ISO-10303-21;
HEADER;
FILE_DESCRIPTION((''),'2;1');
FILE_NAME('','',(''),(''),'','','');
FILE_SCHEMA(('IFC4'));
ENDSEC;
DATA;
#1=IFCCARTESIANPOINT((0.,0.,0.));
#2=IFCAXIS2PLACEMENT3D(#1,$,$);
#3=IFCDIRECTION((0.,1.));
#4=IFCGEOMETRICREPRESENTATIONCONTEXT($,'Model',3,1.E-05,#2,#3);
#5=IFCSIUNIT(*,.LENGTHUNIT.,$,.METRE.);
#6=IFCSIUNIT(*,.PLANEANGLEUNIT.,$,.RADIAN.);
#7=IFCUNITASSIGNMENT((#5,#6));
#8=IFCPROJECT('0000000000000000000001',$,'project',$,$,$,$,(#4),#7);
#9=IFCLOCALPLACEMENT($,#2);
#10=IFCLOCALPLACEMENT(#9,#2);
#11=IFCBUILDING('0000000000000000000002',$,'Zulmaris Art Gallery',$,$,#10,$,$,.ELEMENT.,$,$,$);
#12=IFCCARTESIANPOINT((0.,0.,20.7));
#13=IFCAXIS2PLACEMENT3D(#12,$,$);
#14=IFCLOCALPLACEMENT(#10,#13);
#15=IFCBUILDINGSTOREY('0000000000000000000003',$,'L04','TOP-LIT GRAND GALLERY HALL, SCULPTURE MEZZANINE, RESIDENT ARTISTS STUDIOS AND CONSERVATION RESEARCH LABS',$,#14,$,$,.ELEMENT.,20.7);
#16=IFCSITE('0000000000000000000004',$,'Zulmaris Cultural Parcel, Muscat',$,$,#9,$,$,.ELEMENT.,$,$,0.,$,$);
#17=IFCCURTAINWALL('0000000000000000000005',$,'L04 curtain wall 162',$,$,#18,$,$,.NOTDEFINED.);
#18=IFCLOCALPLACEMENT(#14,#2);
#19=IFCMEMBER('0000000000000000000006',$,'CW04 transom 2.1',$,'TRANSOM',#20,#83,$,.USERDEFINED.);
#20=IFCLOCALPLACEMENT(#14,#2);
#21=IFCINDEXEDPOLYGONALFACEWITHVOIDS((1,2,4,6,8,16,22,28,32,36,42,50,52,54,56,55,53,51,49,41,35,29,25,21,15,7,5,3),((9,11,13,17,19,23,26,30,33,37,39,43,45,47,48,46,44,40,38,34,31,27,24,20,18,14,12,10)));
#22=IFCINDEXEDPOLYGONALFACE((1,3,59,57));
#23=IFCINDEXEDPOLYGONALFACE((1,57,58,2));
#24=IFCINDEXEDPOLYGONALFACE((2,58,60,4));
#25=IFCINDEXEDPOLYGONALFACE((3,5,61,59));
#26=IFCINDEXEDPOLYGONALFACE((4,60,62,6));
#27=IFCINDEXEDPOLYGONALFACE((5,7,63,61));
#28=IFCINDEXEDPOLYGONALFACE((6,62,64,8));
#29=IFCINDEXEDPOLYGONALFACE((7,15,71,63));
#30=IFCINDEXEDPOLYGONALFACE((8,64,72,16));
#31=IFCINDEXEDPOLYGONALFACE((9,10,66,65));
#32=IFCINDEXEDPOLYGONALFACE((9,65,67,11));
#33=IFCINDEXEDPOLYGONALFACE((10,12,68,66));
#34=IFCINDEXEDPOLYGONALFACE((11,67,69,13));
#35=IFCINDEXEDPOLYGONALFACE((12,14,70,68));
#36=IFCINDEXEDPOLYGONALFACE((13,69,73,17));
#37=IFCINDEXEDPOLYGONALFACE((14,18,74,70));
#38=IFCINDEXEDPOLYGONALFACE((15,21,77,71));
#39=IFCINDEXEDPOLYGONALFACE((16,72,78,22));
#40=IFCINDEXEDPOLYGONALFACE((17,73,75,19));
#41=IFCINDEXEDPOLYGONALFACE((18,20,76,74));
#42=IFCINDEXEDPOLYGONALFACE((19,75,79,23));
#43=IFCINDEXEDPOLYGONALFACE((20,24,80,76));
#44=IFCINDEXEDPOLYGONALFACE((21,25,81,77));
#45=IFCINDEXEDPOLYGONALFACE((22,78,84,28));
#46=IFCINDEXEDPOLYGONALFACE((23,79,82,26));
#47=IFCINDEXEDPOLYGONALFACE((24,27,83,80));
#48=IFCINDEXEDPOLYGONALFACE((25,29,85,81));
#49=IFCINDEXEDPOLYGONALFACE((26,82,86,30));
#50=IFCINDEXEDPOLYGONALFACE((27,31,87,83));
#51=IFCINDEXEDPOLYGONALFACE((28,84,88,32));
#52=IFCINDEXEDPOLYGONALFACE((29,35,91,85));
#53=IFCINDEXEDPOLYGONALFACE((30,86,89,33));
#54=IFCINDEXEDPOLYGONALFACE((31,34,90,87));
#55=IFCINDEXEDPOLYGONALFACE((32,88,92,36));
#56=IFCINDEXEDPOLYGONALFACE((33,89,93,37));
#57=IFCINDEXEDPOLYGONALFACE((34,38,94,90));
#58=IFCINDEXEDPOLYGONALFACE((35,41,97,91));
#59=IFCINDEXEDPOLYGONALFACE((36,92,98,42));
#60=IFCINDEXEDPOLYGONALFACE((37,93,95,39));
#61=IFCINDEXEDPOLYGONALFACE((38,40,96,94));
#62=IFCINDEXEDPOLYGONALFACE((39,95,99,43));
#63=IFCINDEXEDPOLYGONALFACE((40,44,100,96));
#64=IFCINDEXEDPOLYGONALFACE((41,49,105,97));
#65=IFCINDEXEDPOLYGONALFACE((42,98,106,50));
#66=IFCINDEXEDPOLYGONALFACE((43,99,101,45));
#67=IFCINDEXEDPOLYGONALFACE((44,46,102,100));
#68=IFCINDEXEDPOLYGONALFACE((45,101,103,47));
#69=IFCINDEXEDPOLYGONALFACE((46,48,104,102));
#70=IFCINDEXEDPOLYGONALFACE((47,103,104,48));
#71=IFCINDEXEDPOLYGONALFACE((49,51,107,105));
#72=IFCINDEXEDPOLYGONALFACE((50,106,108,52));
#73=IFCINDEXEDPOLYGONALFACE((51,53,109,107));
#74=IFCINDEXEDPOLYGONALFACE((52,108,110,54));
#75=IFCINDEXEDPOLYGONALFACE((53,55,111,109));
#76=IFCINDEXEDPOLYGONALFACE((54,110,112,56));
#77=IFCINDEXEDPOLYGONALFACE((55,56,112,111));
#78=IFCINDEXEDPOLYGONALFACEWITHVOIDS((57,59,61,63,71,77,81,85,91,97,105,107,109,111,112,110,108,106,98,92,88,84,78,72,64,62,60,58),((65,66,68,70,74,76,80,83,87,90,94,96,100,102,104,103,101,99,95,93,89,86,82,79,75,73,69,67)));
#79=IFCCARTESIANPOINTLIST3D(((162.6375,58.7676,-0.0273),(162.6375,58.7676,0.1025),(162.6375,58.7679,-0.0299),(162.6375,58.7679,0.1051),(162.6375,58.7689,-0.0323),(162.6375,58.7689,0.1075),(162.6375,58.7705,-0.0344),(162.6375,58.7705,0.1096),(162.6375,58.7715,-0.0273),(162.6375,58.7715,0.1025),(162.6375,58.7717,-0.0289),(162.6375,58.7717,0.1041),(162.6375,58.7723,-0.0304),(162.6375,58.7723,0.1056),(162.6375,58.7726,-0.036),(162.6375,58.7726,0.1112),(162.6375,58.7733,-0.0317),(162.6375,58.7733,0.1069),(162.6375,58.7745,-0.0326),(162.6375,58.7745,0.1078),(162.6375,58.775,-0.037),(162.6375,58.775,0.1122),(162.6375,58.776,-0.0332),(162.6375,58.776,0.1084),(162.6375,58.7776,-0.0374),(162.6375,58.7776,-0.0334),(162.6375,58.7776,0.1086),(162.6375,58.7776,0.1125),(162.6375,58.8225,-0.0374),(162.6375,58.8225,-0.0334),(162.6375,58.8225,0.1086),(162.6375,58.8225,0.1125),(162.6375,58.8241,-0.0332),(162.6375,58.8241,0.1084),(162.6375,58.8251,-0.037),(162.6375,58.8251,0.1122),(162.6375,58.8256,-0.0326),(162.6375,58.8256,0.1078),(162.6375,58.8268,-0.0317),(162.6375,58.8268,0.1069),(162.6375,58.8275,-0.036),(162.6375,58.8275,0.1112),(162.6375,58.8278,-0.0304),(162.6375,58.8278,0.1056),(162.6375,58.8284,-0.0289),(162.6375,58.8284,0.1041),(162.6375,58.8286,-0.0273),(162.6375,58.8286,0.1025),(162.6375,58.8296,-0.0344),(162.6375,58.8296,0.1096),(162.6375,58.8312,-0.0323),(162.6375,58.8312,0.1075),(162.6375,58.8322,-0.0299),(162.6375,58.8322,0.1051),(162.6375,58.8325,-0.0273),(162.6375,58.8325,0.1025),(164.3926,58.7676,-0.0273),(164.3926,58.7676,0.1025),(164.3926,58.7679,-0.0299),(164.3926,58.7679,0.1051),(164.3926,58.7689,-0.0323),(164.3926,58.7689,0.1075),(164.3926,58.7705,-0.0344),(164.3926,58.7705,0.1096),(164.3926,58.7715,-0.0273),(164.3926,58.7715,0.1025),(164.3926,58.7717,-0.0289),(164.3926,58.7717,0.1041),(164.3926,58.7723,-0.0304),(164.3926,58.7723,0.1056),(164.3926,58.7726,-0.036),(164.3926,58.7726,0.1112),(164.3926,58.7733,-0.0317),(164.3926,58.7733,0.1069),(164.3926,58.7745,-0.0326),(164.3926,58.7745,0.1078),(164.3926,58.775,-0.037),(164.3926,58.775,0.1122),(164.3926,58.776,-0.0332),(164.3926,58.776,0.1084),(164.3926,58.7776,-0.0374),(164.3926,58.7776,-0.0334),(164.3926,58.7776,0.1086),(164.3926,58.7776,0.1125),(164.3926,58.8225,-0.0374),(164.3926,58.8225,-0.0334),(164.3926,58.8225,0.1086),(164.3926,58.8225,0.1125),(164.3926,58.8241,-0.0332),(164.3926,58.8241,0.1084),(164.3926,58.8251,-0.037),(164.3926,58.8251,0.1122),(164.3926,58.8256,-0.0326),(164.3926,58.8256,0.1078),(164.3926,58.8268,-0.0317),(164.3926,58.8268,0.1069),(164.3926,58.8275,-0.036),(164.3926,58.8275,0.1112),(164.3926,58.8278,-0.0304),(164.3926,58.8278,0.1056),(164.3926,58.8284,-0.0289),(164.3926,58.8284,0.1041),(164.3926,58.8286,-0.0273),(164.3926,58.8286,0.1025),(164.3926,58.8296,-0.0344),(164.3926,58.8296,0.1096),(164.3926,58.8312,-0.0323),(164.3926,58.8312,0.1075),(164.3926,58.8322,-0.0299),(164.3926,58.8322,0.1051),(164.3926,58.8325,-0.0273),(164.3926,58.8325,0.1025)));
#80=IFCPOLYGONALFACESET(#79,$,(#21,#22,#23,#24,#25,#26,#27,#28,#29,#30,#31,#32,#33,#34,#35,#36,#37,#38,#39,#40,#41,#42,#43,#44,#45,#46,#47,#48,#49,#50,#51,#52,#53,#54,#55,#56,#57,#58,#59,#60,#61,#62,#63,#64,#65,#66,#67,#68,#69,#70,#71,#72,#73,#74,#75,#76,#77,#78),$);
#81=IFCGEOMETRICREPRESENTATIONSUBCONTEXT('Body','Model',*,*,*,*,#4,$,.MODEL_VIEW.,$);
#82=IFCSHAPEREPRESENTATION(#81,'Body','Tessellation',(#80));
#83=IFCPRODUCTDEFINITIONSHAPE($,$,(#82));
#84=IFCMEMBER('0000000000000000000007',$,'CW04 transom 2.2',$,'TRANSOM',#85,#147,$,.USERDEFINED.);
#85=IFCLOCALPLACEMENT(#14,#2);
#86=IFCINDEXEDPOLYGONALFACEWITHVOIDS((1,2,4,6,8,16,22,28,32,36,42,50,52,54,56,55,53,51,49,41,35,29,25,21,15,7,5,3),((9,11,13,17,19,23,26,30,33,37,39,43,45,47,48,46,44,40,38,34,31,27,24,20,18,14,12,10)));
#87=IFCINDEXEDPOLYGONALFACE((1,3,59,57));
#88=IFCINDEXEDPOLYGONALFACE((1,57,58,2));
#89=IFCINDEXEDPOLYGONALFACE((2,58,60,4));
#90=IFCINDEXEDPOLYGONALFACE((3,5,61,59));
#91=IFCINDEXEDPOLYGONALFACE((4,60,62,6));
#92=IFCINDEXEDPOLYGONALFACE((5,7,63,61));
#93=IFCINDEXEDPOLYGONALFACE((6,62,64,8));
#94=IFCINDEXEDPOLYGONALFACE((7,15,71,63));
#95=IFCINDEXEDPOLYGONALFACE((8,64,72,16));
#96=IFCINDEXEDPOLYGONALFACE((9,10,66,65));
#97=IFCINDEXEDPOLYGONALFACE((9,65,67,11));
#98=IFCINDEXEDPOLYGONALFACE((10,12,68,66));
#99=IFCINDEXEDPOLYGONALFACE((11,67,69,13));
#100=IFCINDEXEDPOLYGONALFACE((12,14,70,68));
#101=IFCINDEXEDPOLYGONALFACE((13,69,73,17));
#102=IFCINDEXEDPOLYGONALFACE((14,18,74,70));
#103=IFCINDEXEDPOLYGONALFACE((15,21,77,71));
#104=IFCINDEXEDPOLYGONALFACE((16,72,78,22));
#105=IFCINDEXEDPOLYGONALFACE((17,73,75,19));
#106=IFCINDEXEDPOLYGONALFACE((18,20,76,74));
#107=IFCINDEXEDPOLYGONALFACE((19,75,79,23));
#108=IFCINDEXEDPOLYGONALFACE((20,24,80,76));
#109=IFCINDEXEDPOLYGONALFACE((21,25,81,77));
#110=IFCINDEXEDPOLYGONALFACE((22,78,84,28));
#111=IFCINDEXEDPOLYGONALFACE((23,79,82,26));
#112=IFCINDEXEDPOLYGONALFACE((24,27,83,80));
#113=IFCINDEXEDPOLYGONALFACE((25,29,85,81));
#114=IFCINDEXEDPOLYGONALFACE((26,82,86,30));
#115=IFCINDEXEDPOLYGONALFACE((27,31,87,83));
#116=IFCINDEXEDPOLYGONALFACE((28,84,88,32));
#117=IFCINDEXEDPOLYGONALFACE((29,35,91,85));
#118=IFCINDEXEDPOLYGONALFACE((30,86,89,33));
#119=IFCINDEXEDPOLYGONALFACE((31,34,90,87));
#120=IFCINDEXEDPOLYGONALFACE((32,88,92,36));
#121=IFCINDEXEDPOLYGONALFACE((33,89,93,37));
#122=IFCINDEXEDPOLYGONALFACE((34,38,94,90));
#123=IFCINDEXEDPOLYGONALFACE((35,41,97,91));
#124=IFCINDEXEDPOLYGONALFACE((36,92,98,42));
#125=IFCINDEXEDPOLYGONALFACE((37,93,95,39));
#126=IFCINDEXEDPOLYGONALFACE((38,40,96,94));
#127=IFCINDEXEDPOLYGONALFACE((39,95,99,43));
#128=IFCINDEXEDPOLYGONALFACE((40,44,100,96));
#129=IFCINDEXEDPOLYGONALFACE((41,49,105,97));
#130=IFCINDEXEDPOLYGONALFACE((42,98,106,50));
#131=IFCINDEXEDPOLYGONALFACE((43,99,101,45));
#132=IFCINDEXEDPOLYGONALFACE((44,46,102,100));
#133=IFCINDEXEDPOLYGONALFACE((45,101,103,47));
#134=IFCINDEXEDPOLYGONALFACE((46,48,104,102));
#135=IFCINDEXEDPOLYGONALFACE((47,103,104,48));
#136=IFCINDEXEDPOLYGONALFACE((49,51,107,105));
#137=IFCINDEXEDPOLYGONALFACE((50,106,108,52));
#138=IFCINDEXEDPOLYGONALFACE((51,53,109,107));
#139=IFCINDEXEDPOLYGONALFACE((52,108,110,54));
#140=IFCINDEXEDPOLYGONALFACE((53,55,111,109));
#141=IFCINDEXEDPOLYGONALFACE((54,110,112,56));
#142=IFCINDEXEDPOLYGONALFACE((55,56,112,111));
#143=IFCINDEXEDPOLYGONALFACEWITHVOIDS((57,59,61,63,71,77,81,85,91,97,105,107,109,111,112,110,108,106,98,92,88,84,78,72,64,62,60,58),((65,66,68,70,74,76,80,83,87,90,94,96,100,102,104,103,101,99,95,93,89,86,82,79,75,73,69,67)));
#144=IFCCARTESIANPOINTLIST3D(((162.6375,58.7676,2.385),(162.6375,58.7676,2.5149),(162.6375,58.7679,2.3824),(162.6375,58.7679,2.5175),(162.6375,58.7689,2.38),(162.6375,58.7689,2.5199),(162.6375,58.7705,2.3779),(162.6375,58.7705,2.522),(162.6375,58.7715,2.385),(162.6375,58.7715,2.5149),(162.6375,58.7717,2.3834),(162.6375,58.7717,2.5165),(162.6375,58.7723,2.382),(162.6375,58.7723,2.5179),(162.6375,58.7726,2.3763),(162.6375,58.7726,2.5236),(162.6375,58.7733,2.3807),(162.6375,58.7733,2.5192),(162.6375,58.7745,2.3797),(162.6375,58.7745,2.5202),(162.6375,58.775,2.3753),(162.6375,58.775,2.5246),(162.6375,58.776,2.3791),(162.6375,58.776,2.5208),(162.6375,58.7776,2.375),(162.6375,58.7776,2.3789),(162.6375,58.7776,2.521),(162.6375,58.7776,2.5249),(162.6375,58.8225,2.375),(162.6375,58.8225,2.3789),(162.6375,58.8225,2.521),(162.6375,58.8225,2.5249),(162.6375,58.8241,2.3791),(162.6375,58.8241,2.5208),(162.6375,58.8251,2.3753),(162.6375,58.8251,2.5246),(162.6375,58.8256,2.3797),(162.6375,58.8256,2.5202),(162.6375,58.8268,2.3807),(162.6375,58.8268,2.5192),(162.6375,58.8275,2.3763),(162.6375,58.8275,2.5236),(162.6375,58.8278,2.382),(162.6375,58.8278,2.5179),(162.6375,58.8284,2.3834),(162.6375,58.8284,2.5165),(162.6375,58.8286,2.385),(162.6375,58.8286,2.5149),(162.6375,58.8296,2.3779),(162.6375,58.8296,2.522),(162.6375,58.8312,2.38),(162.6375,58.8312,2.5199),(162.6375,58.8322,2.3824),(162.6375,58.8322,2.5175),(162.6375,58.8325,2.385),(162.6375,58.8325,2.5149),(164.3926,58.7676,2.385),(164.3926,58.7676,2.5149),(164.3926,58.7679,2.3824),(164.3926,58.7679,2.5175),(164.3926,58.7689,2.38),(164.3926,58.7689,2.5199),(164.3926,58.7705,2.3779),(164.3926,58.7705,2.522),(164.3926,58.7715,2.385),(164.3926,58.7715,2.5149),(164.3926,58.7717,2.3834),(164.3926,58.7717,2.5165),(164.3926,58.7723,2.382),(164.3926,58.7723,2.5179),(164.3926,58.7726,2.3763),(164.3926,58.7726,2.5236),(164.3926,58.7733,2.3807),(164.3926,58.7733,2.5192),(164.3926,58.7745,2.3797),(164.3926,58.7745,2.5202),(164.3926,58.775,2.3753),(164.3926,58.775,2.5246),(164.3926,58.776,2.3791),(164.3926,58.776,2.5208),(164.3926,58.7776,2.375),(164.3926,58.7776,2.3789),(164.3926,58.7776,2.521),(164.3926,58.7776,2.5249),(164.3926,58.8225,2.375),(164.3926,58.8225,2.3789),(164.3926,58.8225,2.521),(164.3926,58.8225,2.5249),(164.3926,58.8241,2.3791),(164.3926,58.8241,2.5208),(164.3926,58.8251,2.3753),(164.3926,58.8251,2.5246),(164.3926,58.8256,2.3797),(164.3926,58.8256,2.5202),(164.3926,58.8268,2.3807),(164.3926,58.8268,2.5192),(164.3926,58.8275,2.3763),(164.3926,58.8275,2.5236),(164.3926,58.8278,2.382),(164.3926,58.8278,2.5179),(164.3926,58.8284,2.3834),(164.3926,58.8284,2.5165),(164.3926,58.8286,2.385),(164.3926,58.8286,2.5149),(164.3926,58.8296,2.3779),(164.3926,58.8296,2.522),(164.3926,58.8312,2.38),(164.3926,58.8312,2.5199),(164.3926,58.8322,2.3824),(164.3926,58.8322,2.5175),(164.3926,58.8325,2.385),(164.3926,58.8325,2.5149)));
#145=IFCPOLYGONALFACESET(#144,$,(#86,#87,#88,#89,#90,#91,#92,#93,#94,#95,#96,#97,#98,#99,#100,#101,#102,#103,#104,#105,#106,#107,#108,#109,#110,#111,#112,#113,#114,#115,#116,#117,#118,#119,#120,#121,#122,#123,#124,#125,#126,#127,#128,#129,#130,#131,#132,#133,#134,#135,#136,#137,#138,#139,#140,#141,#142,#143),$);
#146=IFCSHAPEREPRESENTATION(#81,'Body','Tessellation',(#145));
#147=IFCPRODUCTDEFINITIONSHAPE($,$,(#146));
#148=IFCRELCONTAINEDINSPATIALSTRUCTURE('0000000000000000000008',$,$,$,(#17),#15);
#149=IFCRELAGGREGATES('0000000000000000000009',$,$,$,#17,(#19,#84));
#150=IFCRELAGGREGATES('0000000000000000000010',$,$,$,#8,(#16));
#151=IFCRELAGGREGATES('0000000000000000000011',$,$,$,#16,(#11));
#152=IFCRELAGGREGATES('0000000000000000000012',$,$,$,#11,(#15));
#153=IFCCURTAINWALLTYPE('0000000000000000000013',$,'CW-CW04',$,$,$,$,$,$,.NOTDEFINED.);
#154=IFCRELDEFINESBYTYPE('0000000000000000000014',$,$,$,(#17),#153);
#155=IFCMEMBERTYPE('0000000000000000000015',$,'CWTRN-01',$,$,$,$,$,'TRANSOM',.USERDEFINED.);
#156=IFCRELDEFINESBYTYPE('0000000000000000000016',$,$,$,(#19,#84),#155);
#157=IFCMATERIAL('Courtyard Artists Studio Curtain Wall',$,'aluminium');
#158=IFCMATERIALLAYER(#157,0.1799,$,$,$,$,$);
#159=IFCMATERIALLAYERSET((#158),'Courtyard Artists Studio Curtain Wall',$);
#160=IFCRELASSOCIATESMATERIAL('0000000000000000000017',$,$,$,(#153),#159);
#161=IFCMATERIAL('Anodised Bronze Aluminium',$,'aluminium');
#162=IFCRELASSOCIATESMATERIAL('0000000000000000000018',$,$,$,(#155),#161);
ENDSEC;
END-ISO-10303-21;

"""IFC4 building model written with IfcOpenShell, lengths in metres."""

from ifc_helpers import new_model, si_unit, direction, frame, origin, origin_2d, place, context, subcontext, project, spatial, hollow_rectangle, extrude, material, layer, layer_set, material_profile, profile_set, type_object, element, aggregate, save


model = new_model("IFC4")

# Units and contexts
model_context = context("Model", 3, precision=1e-05, world=origin(), true_north=direction((0.0, 1.0)))
body_context = subcontext(model_context, "Body", "Model", "MODEL_VIEW")
ifc_project = project(units=[si_unit("LENGTHUNIT", "METRE"), si_unit("PLANEANGLEUNIT", "RADIAN")], contexts=[model_context])

# Site, building, storey
site_placement = place(None, origin())
site = spatial("IfcSite", under=ifc_project, at=site_placement, Name="Zulmaris Cultural Parcel, Muscat", CompositionType="ELEMENT", RefElevation=0.0)
building_placement = place(site_placement, origin())
building = spatial("IfcBuilding", under=site, at=building_placement, Name="Zulmaris Art Gallery", CompositionType="ELEMENT")
storey_placement = place(building_placement, frame((0.0, 0.0, 20.7)))
storey = spatial("IfcBuildingStorey", under=building, at=storey_placement, Name="L04", Description="TOP-LIT GRAND GALLERY HALL, SCULPTURE MEZZANINE, RESIDENT ARTISTS STUDIOS AND CONSERVATION RESEARCH LABS", CompositionType="ELEMENT", Elevation=20.7)

# Shared definitions
ifc_material_1 = material(Name="Courtyard Artists Studio Curtain Wall", Category="aluminium")
ifc_layer_1 = layer(ifc_material_1, 0.1799)
ifc_layer_set_1 = layer_set([ifc_layer_1], Name="Courtyard Artists Studio Curtain Wall")
curtain_wall_type = type_object("IfcCurtainWallType", Name="CW-CW04", PredefinedType="NOTDEFINED", material=ifc_layer_set_1)
ifc_material_2 = material(Name="Anodised Bronze Aluminium", Category="aluminium")

# Curtain wall, members
curtain_wall_1_placement = place(storey_placement, origin())
curtain_wall_1 = element("IfcCurtainWall", 1, at=curtain_wall_1_placement, inside=storey, type_object=curtain_wall_type, Name="L04 curtain wall 162", PredefinedType="NOTDEFINED")
ifc_material_profile_1 = material_profile(ifc_material_2, hollow_rectangle(XDim=0.0649, YDim=0.1499, WallThickness=0.0039, InnerFilletRadius=0.0061, OuterFilletRadius=0.01, at=origin_2d()), Name="ALU 65x150x4")
ifc_profile_set_1 = profile_set([ifc_material_profile_1], Name="Anodised Bronze Aluminium")
member_type_1 = type_object("IfcMemberType", Name="CWTRN-01", ElementType="TRANSOM", PredefinedType="USERDEFINED", material=ifc_profile_set_1)
member_1_placement = place(storey_placement, frame((164.3926, 58.8, 0.0376), z_axis=(-1.0, 0.0, 0.0), x_axis=(0.0, -1.0, 0.0)))
member_1 = element("IfcMember", 2, at=member_1_placement, type_object=member_type_1, Name="CW04 transom 2.1", ObjectType="TRANSOM", PredefinedType="USERDEFINED", context=body_context, shape_type="SweptSolid", body=[
    extrude(hollow_rectangle(XDim=0.0649, YDim=0.1499, WallThickness=0.0039, InnerFilletRadius=0.0061, OuterFilletRadius=0.01, at=origin_2d()), origin(), (0.0, 0.0, 1.0), 1.7551),
])
member_2_placement = place(storey_placement, frame((164.3926, 58.8, 2.45), z_axis=(-1.0, 0.0, 0.0), x_axis=(0.0, -1.0, 0.0)))
member_2 = element("IfcMember", 3, at=member_2_placement, type_object=member_type_1, Name="CW04 transom 2.2", ObjectType="TRANSOM", PredefinedType="USERDEFINED", context=body_context, shape_type="SweptSolid", body=[
    extrude(hollow_rectangle(XDim=0.0649, YDim=0.1499, WallThickness=0.0039, InnerFilletRadius=0.0061, OuterFilletRadius=0.01, at=origin_2d()), origin(), (0.0, 0.0, 1.0), 1.7551),
])
aggregate(curtain_wall_1, [member_1, member_2])

save(model, "model.ifc")
